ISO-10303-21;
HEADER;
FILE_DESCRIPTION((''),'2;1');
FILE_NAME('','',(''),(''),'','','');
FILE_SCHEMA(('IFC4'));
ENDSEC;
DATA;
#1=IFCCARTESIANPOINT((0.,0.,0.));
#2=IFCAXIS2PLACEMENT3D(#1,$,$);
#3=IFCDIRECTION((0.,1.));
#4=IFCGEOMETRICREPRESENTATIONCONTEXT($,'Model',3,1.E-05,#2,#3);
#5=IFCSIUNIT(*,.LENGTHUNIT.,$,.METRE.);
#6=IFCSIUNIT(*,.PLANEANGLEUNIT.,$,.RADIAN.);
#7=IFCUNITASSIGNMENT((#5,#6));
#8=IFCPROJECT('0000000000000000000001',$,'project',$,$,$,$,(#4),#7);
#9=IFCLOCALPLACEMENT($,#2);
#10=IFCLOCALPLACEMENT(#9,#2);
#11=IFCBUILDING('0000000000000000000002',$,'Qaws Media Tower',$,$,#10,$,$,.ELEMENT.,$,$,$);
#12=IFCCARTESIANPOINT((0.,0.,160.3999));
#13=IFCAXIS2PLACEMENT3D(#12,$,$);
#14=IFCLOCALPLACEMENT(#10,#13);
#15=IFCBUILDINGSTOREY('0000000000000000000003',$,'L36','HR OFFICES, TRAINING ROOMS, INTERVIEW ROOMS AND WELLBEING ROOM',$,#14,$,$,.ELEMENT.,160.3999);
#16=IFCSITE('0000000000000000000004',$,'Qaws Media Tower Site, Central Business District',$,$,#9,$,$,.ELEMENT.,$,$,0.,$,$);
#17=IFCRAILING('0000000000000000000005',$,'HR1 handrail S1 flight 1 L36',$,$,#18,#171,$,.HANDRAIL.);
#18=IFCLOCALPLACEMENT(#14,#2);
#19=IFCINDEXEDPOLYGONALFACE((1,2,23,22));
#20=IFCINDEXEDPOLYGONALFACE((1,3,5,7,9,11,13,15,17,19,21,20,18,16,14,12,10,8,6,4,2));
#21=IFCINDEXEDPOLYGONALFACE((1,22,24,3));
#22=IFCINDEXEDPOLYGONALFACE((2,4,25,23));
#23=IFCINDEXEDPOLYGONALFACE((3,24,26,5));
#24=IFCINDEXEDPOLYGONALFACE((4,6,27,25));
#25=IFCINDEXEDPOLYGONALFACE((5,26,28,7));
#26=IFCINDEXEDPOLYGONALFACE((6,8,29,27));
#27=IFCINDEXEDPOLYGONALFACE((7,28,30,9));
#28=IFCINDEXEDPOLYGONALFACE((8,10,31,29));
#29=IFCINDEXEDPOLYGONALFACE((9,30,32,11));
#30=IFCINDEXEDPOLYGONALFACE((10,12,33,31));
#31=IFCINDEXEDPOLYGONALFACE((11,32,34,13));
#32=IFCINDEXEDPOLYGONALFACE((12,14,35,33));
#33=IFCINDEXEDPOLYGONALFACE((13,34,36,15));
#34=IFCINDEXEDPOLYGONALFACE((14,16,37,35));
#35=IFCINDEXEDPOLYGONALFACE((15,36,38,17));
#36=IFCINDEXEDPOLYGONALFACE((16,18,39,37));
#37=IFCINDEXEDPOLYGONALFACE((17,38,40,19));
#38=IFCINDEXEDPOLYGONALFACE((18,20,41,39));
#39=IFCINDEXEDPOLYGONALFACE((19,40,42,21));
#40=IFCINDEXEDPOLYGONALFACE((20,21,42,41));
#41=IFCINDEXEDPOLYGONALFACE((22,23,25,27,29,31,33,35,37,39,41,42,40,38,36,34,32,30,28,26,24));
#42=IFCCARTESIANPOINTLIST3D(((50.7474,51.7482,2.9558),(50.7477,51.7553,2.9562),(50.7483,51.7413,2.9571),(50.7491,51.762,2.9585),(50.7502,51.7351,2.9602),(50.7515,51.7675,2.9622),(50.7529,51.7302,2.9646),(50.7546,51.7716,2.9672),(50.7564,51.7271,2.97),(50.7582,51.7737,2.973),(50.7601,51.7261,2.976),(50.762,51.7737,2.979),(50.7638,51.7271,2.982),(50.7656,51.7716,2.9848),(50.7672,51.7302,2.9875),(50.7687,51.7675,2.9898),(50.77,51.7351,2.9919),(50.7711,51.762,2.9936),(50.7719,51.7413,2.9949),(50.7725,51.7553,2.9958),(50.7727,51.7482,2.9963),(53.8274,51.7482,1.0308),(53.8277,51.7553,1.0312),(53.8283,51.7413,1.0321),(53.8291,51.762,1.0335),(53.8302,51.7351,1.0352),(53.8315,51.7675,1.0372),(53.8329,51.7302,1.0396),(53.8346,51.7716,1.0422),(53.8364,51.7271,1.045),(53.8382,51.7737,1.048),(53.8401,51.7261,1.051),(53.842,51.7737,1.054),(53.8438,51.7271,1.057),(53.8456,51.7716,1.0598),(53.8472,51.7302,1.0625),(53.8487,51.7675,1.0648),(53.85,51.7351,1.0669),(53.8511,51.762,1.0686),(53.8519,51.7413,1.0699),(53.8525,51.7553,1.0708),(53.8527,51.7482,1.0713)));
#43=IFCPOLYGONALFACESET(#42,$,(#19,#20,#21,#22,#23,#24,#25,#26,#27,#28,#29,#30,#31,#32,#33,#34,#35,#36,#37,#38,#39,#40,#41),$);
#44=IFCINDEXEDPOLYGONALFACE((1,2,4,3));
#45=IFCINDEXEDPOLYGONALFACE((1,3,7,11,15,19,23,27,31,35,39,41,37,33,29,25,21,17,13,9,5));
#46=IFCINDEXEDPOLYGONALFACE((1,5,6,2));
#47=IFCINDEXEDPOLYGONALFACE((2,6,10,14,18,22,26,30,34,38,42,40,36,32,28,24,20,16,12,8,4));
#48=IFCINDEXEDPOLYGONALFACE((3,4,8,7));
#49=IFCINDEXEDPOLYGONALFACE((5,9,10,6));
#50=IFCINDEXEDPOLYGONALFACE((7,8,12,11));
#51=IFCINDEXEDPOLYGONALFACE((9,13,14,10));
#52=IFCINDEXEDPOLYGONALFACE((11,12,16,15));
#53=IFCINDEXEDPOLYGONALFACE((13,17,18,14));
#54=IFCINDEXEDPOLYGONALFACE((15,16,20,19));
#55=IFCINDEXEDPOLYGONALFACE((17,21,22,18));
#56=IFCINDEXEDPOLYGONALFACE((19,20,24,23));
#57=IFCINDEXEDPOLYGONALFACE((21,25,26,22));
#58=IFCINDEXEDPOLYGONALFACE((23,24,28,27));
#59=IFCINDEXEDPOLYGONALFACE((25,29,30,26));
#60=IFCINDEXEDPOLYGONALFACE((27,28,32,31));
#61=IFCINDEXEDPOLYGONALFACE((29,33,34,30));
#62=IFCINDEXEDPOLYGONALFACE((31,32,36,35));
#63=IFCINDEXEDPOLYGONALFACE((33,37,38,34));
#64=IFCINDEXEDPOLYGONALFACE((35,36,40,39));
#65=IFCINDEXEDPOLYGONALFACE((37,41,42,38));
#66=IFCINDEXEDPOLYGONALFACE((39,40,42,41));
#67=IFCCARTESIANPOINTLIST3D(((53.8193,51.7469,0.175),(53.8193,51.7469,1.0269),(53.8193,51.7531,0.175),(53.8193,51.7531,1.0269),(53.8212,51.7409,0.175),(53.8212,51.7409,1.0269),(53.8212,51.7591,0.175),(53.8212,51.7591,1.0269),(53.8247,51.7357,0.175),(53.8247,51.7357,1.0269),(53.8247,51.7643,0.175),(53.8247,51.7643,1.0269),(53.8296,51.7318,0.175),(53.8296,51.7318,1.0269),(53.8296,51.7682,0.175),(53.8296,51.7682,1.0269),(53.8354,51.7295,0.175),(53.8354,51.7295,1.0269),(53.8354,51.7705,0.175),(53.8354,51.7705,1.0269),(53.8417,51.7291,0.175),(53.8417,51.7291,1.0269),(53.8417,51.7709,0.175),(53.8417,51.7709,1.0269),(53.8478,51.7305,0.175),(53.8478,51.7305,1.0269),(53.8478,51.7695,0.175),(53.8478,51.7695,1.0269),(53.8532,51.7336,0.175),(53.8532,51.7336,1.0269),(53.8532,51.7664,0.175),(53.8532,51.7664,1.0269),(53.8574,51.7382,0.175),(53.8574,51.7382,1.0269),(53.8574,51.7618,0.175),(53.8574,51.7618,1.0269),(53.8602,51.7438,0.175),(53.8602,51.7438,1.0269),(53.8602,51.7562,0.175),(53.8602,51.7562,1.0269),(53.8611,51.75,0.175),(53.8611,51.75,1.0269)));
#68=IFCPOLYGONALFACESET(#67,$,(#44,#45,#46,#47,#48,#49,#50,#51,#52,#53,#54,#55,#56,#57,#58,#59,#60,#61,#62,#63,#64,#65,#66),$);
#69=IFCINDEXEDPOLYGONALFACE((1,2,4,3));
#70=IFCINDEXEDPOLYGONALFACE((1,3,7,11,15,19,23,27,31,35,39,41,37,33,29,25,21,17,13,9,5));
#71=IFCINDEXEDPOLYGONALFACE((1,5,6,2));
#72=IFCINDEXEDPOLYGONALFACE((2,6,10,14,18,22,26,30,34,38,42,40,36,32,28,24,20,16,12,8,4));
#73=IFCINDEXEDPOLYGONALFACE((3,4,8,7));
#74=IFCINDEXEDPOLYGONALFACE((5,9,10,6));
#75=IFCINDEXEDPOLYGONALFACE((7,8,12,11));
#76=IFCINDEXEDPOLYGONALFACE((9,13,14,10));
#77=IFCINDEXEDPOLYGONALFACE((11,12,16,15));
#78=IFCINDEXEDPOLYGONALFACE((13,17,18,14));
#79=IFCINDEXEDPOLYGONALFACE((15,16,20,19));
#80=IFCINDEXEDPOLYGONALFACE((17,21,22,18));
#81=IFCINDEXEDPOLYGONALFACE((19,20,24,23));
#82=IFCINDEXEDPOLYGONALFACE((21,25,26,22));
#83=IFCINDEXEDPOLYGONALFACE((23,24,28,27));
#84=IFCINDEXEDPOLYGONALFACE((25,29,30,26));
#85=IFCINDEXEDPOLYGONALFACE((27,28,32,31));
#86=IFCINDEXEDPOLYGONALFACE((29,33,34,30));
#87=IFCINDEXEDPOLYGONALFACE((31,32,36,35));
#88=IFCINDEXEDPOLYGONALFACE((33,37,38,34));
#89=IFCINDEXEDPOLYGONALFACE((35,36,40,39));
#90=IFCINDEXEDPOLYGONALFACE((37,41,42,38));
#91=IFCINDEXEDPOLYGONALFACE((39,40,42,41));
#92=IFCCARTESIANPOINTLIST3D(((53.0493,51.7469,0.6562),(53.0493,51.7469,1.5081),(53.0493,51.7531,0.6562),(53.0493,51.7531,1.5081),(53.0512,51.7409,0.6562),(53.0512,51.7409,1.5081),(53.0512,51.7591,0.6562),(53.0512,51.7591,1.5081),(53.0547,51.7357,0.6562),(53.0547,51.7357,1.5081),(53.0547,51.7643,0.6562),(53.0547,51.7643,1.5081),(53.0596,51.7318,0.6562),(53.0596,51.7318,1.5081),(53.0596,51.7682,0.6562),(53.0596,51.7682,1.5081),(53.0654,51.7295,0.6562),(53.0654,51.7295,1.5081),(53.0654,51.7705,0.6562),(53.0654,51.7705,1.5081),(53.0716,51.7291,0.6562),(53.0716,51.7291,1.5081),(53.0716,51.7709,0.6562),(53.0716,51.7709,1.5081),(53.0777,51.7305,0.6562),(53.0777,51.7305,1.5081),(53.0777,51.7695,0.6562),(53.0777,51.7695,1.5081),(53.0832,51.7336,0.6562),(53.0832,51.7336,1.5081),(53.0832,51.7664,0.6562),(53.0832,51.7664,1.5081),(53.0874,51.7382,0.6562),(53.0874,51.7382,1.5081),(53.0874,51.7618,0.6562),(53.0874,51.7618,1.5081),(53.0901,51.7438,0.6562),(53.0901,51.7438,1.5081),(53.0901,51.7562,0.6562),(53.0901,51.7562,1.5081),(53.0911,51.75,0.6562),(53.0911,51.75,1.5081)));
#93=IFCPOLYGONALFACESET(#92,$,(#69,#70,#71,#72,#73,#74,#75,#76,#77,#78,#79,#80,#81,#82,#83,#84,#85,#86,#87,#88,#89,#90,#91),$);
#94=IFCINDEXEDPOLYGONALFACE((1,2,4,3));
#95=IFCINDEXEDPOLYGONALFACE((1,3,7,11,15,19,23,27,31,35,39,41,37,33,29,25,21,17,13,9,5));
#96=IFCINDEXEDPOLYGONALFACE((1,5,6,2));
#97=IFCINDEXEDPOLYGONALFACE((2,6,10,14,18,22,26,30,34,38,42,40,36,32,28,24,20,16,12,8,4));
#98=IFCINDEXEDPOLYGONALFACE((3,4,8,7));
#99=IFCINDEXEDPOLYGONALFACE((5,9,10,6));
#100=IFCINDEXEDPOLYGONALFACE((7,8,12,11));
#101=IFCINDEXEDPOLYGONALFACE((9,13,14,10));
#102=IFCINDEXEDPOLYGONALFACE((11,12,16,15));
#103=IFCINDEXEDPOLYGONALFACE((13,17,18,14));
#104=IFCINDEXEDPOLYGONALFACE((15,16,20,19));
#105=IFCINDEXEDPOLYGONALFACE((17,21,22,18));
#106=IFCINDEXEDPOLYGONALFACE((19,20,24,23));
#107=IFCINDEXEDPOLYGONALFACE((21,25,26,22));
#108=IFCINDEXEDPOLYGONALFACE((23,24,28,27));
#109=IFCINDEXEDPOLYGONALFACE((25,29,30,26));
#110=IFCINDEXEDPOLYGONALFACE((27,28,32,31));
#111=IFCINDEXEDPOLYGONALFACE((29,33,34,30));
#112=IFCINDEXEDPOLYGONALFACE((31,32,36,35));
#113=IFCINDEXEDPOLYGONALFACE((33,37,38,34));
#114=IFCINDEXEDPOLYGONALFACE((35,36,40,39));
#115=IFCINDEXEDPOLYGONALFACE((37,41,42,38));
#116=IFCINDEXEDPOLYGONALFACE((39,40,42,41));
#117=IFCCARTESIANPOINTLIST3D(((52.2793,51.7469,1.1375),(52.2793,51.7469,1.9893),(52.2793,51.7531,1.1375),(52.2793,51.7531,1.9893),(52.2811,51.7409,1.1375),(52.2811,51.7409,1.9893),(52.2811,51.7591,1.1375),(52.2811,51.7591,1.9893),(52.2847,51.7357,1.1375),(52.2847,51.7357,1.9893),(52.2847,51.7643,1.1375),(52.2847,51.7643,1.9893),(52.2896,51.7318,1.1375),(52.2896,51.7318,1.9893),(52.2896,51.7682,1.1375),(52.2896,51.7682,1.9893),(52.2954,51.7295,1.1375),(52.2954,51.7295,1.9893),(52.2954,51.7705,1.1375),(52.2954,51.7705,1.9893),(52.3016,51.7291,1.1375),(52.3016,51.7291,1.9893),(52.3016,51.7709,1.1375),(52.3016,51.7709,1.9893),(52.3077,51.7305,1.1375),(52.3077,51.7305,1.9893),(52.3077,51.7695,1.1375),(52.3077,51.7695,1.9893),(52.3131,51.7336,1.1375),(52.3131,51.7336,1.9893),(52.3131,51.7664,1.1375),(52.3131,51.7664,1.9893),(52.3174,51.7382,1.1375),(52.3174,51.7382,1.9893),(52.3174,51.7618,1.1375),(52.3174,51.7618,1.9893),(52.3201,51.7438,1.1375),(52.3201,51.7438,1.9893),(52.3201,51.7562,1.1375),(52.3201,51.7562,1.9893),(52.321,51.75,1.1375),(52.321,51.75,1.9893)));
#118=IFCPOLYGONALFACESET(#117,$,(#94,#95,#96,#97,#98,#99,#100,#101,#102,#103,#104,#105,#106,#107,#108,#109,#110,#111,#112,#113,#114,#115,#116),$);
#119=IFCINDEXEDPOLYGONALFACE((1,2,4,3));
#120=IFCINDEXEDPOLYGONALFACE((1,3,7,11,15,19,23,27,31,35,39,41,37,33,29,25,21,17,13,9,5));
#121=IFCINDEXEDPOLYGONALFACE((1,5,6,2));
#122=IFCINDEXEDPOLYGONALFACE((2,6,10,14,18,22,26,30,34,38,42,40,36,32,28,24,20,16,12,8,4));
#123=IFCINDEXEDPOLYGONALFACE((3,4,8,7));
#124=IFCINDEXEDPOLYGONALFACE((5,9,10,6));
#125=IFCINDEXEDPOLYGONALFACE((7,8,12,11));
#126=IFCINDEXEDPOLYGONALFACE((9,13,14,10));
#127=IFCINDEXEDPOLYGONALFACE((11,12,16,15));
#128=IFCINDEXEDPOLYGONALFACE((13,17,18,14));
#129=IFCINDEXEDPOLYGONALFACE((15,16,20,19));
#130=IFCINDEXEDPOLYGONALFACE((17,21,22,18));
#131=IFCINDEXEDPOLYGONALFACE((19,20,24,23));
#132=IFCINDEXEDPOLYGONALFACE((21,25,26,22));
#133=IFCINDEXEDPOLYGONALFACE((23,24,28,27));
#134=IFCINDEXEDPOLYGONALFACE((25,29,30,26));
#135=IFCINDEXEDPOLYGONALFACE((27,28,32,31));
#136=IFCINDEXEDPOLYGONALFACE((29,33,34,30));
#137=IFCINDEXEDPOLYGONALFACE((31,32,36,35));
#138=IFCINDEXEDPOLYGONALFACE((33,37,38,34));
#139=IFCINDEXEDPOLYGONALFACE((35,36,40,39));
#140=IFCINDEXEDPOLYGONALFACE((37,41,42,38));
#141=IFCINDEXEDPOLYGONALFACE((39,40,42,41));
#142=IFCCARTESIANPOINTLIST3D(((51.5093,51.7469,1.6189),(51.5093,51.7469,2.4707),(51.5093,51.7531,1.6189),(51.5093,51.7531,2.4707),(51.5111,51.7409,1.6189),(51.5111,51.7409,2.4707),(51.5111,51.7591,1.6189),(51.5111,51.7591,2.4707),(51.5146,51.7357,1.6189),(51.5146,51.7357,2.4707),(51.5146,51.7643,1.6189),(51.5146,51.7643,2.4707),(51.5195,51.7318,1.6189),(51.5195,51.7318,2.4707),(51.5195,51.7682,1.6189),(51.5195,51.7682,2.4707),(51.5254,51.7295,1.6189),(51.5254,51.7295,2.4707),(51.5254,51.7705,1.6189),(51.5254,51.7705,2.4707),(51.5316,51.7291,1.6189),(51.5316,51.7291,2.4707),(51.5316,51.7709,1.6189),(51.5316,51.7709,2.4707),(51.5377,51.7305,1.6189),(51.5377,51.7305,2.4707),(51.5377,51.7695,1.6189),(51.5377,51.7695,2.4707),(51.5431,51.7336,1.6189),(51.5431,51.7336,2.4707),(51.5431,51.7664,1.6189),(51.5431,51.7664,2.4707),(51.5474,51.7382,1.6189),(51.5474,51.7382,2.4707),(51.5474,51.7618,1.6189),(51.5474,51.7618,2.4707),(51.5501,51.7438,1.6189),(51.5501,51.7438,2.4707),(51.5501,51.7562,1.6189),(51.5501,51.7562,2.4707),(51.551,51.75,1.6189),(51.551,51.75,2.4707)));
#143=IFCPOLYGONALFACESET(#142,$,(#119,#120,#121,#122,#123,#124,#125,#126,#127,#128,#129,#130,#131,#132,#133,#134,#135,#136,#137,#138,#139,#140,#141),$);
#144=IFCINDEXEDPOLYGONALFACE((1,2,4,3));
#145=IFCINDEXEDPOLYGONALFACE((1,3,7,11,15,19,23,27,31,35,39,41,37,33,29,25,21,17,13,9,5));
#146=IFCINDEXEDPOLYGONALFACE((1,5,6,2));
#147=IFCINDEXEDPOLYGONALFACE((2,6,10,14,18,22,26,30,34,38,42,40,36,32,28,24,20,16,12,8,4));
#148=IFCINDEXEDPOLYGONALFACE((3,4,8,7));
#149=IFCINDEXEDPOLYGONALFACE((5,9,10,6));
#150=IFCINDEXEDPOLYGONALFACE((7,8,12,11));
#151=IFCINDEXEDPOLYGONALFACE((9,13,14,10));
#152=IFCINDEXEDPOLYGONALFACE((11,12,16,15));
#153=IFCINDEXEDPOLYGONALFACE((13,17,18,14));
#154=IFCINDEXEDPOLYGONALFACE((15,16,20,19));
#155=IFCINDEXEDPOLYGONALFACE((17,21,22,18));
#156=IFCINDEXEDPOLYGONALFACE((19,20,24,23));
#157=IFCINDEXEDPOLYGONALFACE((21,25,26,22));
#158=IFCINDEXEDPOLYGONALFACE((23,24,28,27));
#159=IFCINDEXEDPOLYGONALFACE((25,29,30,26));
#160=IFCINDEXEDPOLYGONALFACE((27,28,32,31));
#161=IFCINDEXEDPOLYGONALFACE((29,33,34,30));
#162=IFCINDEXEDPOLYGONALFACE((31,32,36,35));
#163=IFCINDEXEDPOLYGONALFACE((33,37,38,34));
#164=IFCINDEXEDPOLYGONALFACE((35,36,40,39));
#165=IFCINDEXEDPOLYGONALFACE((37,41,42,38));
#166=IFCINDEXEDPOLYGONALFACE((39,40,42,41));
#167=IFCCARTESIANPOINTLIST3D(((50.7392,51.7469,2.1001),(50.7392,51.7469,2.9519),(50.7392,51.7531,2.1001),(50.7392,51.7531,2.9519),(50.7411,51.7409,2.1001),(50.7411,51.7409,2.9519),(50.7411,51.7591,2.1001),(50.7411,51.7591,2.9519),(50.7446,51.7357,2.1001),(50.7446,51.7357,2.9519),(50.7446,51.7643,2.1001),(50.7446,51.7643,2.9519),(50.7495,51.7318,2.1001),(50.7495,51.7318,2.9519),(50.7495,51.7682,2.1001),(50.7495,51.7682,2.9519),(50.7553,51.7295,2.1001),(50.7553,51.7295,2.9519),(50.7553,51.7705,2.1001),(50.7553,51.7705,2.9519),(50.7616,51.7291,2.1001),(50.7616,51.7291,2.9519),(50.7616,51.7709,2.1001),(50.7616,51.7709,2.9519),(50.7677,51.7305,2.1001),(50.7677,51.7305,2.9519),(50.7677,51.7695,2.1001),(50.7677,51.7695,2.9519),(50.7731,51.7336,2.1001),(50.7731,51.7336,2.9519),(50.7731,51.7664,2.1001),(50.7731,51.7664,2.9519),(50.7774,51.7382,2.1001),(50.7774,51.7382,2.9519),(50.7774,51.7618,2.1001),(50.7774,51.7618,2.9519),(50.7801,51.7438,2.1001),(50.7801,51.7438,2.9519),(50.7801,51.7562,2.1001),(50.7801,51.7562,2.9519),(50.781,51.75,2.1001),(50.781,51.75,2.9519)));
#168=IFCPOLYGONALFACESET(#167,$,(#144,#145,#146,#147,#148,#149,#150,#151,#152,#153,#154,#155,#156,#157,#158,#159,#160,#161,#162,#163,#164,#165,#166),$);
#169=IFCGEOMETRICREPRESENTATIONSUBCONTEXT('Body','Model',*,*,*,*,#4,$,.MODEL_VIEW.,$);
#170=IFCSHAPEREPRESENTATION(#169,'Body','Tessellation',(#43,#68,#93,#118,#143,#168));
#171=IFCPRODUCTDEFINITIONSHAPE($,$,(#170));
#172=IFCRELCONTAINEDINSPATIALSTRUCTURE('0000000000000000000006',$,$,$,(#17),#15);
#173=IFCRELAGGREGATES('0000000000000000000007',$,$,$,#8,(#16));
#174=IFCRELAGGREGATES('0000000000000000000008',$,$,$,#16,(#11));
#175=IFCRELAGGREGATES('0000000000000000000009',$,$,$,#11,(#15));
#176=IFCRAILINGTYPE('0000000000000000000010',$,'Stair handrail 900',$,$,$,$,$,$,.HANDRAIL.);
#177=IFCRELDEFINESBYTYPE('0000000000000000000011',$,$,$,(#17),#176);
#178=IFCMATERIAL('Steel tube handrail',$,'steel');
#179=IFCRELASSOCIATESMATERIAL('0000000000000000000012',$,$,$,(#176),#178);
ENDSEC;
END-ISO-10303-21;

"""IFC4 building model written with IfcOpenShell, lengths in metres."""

from ifc_helpers import new_model, si_unit, direction, frame, origin, origin_2d, place, context, subcontext, project, spatial, circle, extrude, material, type_object, element, save


model = new_model("IFC4")

# Units and contexts
model_context = context("Model", 3, precision=1e-05, world=origin(), true_north=direction((0.0, 1.0)))
body_context = subcontext(model_context, "Body", "Model", "MODEL_VIEW")
ifc_project = project(units=[si_unit("LENGTHUNIT", "METRE"), si_unit("PLANEANGLEUNIT", "RADIAN")], contexts=[model_context])

# Site, building, storey
site_placement = place(None, origin())
site = spatial("IfcSite", under=ifc_project, at=site_placement, Name="Qaws Media Tower Site, Central Business District", CompositionType="ELEMENT", RefElevation=0.0)
building_placement = place(site_placement, origin())
building = spatial("IfcBuilding", under=site, at=building_placement, Name="Qaws Media Tower", CompositionType="ELEMENT")
storey_placement = place(building_placement, frame((0.0, 0.0, 160.3999)))
storey = spatial("IfcBuildingStorey", under=building, at=storey_placement, Name="L36", Description="HR OFFICES, TRAINING ROOMS, INTERVIEW ROOMS AND WELLBEING ROOM", CompositionType="ELEMENT", Elevation=160.3999)

# Railing
ifc_material_1 = material(Name="Steel tube handrail", Category="steel")
railing_type = type_object("IfcRailingType", Name="Stair handrail 900", PredefinedType="HANDRAIL", material=ifc_material_1)
for number, where, name in (
    (1, (53.8401, 51.75, 0.175), "HR1 handrail S1 flight 1 L36"),
):
    element("IfcRailing", number, at=place(storey_placement, frame(where)), inside=storey, type_object=railing_type, Name=name, PredefinedType="HANDRAIL", context=body_context, shape_type="SweptSolid", body=[
        extrude(circle(Radius=0.0239, at=origin_2d()), frame((0.0, 0.0, 0.876), z_axis=(-0.847998, 0.0, 0.529999), x_axis=(0.0, -1.0, 0.0)), (0.0, 0.0, 1.0), 3.6321),
        extrude(circle(Radius=0.021, at=origin_2d()), origin(), (0.0, 0.0, 1.0), 0.8518),
        extrude(circle(Radius=0.021, at=origin_2d()), frame((-0.77, 0.0, 0.4812)), (0.0, 0.0, 1.0), 0.8518),
        extrude(circle(Radius=0.021, at=origin_2d()), frame((-1.54, 0.0, 0.9624)), (0.0, 0.0, 1.0), 0.8518),
        extrude(circle(Radius=0.021, at=origin_2d()), frame((-2.3101, 0.0, 1.4438)), (0.0, 0.0, 1.0), 0.8518),
        extrude(circle(Radius=0.021, at=origin_2d()), frame((-3.0801, 0.0, 1.925)), (0.0, 0.0, 1.0), 0.8518),
    ])

save(model, "model.ifc")
